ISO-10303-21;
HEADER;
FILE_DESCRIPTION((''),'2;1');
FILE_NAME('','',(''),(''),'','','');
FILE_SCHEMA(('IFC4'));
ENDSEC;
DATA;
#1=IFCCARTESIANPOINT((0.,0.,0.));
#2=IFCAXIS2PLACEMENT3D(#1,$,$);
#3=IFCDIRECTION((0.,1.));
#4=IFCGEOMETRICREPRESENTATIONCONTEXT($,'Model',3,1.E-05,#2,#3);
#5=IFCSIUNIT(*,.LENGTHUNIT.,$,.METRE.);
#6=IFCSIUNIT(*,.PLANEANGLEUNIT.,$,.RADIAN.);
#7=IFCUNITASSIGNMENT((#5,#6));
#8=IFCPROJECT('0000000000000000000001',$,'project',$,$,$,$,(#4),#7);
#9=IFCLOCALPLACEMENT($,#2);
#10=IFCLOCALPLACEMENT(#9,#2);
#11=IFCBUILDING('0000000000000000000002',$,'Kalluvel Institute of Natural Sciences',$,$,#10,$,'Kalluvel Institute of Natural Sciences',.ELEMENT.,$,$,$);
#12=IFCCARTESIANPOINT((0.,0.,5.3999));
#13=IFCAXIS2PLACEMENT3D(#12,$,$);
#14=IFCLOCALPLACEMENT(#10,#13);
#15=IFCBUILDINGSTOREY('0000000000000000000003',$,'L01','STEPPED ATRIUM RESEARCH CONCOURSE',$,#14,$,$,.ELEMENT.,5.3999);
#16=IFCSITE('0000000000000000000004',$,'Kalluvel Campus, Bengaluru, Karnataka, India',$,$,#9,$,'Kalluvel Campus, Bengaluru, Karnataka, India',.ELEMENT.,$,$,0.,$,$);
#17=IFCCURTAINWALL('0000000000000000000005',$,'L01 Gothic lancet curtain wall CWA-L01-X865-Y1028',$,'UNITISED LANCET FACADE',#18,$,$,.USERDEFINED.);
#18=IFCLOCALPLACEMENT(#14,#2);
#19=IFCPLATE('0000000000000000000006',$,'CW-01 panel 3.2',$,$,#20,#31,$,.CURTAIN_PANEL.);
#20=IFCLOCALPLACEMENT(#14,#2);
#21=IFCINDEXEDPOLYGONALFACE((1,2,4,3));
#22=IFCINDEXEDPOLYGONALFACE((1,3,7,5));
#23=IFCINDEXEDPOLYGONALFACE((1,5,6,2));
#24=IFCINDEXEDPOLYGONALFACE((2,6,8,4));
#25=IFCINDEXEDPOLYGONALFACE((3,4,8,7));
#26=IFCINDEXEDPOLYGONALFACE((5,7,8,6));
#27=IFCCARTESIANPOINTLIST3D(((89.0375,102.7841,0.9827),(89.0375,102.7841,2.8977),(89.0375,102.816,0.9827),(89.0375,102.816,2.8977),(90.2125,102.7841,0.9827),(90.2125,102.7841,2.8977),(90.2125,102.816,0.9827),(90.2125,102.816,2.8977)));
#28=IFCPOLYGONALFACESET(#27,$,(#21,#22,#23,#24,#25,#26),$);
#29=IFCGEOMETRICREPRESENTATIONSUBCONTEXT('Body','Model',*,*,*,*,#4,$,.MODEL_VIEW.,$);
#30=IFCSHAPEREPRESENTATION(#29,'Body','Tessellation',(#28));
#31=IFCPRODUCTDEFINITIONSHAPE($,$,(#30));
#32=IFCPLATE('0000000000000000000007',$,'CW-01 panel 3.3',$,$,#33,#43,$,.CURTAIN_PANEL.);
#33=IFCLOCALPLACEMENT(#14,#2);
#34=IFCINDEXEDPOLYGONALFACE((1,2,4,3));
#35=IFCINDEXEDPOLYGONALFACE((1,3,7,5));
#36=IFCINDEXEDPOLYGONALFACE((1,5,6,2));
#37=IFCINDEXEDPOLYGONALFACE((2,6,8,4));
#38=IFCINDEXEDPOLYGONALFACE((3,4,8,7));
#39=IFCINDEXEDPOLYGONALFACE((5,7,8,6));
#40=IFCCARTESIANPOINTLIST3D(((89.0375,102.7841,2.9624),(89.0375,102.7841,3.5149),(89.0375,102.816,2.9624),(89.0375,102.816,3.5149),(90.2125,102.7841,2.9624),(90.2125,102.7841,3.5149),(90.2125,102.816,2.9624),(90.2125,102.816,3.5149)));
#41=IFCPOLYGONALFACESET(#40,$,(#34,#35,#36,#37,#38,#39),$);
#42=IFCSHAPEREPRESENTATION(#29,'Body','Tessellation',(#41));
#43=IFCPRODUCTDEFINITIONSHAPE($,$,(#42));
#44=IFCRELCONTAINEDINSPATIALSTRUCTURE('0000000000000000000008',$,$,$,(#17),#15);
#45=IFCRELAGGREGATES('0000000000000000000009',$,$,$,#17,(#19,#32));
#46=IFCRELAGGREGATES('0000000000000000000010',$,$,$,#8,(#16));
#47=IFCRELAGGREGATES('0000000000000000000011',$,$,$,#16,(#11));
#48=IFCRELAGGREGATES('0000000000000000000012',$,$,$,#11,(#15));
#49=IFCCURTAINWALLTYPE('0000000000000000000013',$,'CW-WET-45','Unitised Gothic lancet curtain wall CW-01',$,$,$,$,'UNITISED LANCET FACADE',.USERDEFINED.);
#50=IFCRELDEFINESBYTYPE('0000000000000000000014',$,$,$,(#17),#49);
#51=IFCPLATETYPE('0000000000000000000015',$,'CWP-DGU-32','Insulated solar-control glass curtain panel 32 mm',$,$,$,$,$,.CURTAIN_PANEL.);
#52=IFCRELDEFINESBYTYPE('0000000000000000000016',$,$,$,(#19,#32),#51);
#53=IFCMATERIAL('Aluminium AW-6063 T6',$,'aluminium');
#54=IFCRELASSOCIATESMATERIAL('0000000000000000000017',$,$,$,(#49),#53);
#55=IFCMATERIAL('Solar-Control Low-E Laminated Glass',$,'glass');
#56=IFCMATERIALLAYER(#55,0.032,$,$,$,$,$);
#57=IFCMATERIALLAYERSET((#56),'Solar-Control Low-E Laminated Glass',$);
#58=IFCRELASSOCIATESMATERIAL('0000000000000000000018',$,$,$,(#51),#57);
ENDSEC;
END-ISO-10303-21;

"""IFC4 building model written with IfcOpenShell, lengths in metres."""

from ifc_helpers import new_model, si_unit, direction, frame, origin, origin_2d, place, context, subcontext, project, spatial, rectangle, extrude, material, layer, layer_set, type_object, element, aggregate, save


model = new_model("IFC4")

# Units and contexts
model_context = context("Model", 3, precision=1e-05, world=origin(), true_north=direction((0.0, 1.0)))
body_context = subcontext(model_context, "Body", "Model", "MODEL_VIEW")
ifc_project = project(units=[si_unit("LENGTHUNIT", "METRE"), si_unit("PLANEANGLEUNIT", "RADIAN")], contexts=[model_context])

# Site, building, storey
site_placement = place(None, origin())
site = spatial("IfcSite", under=ifc_project, at=site_placement, Name="Kalluvel Campus, Bengaluru, Karnataka, India", LongName="Kalluvel Campus, Bengaluru, Karnataka, India", CompositionType="ELEMENT", RefElevation=0.0)
building_placement = place(site_placement, origin())
building = spatial("IfcBuilding", under=site, at=building_placement, Name="Kalluvel Institute of Natural Sciences", LongName="Kalluvel Institute of Natural Sciences", CompositionType="ELEMENT")
storey_placement = place(building_placement, frame((0.0, 0.0, 5.3999)))
storey = spatial("IfcBuildingStorey", under=building, at=storey_placement, Name="L01", Description="STEPPED ATRIUM RESEARCH CONCOURSE", CompositionType="ELEMENT", Elevation=5.3999)

# Curtain wall, plates
ifc_material_1 = material(Name="Aluminium AW-6063 T6", Category="aluminium")
curtain_wall_type = type_object("IfcCurtainWallType", Name="CW-WET-45", Description="Unitised Gothic lancet curtain wall CW-01", ElementType="UNITISED LANCET FACADE", PredefinedType="USERDEFINED", material=ifc_material_1)
curtain_wall_placement = place(storey_placement, origin())
curtain_wall = element("IfcCurtainWall", 1, at=curtain_wall_placement, inside=storey, type_object=curtain_wall_type, Name="L01 Gothic lancet curtain wall CWA-L01-X865-Y1028", ObjectType="UNITISED LANCET FACADE", PredefinedType="USERDEFINED")
ifc_material_2 = material(Name="Solar-Control Low-E Laminated Glass", Category="glass")
ifc_layer = layer(ifc_material_2, 0.032)
ifc_layer_set = layer_set([ifc_layer], Name="Solar-Control Low-E Laminated Glass")
plate_type = type_object("IfcPlateType", Name="CWP-DGU-32", Description="Insulated solar-control glass curtain panel 32 mm", PredefinedType="CURTAIN_PANEL", material=ifc_layer_set)
plate_1_placement = place(storey_placement, frame((89.625, 102.8, 0.9827), z_axis=(0.0, 0.0, 1.0), x_axis=(1.0, 0.0, 0.0)))
plate_1 = element("IfcPlate", 2, at=plate_1_placement, type_object=plate_type, Name="CW-01 panel 3.2", PredefinedType="CURTAIN_PANEL", context=body_context, shape_type="SweptSolid", body=[
    extrude(rectangle(XDim=1.175, YDim=0.032, at=origin_2d()), origin(), (0.0, 0.0, 1.0), 1.915),
])
plate_2_placement = place(storey_placement, frame((89.625, 102.8, 2.9624), z_axis=(0.0, 0.0, 1.0), x_axis=(1.0, 0.0, 0.0)))
plate_2 = element("IfcPlate", 3, at=plate_2_placement, type_object=plate_type, Name="CW-01 panel 3.3", PredefinedType="CURTAIN_PANEL", context=body_context, shape_type="SweptSolid", body=[
    extrude(rectangle(XDim=1.175, YDim=0.032, at=origin_2d()), origin(), (0.0, 0.0, 1.0), 0.5525),
])
aggregate(curtain_wall, [plate_1, plate_2])

save(model, "model.ifc")
